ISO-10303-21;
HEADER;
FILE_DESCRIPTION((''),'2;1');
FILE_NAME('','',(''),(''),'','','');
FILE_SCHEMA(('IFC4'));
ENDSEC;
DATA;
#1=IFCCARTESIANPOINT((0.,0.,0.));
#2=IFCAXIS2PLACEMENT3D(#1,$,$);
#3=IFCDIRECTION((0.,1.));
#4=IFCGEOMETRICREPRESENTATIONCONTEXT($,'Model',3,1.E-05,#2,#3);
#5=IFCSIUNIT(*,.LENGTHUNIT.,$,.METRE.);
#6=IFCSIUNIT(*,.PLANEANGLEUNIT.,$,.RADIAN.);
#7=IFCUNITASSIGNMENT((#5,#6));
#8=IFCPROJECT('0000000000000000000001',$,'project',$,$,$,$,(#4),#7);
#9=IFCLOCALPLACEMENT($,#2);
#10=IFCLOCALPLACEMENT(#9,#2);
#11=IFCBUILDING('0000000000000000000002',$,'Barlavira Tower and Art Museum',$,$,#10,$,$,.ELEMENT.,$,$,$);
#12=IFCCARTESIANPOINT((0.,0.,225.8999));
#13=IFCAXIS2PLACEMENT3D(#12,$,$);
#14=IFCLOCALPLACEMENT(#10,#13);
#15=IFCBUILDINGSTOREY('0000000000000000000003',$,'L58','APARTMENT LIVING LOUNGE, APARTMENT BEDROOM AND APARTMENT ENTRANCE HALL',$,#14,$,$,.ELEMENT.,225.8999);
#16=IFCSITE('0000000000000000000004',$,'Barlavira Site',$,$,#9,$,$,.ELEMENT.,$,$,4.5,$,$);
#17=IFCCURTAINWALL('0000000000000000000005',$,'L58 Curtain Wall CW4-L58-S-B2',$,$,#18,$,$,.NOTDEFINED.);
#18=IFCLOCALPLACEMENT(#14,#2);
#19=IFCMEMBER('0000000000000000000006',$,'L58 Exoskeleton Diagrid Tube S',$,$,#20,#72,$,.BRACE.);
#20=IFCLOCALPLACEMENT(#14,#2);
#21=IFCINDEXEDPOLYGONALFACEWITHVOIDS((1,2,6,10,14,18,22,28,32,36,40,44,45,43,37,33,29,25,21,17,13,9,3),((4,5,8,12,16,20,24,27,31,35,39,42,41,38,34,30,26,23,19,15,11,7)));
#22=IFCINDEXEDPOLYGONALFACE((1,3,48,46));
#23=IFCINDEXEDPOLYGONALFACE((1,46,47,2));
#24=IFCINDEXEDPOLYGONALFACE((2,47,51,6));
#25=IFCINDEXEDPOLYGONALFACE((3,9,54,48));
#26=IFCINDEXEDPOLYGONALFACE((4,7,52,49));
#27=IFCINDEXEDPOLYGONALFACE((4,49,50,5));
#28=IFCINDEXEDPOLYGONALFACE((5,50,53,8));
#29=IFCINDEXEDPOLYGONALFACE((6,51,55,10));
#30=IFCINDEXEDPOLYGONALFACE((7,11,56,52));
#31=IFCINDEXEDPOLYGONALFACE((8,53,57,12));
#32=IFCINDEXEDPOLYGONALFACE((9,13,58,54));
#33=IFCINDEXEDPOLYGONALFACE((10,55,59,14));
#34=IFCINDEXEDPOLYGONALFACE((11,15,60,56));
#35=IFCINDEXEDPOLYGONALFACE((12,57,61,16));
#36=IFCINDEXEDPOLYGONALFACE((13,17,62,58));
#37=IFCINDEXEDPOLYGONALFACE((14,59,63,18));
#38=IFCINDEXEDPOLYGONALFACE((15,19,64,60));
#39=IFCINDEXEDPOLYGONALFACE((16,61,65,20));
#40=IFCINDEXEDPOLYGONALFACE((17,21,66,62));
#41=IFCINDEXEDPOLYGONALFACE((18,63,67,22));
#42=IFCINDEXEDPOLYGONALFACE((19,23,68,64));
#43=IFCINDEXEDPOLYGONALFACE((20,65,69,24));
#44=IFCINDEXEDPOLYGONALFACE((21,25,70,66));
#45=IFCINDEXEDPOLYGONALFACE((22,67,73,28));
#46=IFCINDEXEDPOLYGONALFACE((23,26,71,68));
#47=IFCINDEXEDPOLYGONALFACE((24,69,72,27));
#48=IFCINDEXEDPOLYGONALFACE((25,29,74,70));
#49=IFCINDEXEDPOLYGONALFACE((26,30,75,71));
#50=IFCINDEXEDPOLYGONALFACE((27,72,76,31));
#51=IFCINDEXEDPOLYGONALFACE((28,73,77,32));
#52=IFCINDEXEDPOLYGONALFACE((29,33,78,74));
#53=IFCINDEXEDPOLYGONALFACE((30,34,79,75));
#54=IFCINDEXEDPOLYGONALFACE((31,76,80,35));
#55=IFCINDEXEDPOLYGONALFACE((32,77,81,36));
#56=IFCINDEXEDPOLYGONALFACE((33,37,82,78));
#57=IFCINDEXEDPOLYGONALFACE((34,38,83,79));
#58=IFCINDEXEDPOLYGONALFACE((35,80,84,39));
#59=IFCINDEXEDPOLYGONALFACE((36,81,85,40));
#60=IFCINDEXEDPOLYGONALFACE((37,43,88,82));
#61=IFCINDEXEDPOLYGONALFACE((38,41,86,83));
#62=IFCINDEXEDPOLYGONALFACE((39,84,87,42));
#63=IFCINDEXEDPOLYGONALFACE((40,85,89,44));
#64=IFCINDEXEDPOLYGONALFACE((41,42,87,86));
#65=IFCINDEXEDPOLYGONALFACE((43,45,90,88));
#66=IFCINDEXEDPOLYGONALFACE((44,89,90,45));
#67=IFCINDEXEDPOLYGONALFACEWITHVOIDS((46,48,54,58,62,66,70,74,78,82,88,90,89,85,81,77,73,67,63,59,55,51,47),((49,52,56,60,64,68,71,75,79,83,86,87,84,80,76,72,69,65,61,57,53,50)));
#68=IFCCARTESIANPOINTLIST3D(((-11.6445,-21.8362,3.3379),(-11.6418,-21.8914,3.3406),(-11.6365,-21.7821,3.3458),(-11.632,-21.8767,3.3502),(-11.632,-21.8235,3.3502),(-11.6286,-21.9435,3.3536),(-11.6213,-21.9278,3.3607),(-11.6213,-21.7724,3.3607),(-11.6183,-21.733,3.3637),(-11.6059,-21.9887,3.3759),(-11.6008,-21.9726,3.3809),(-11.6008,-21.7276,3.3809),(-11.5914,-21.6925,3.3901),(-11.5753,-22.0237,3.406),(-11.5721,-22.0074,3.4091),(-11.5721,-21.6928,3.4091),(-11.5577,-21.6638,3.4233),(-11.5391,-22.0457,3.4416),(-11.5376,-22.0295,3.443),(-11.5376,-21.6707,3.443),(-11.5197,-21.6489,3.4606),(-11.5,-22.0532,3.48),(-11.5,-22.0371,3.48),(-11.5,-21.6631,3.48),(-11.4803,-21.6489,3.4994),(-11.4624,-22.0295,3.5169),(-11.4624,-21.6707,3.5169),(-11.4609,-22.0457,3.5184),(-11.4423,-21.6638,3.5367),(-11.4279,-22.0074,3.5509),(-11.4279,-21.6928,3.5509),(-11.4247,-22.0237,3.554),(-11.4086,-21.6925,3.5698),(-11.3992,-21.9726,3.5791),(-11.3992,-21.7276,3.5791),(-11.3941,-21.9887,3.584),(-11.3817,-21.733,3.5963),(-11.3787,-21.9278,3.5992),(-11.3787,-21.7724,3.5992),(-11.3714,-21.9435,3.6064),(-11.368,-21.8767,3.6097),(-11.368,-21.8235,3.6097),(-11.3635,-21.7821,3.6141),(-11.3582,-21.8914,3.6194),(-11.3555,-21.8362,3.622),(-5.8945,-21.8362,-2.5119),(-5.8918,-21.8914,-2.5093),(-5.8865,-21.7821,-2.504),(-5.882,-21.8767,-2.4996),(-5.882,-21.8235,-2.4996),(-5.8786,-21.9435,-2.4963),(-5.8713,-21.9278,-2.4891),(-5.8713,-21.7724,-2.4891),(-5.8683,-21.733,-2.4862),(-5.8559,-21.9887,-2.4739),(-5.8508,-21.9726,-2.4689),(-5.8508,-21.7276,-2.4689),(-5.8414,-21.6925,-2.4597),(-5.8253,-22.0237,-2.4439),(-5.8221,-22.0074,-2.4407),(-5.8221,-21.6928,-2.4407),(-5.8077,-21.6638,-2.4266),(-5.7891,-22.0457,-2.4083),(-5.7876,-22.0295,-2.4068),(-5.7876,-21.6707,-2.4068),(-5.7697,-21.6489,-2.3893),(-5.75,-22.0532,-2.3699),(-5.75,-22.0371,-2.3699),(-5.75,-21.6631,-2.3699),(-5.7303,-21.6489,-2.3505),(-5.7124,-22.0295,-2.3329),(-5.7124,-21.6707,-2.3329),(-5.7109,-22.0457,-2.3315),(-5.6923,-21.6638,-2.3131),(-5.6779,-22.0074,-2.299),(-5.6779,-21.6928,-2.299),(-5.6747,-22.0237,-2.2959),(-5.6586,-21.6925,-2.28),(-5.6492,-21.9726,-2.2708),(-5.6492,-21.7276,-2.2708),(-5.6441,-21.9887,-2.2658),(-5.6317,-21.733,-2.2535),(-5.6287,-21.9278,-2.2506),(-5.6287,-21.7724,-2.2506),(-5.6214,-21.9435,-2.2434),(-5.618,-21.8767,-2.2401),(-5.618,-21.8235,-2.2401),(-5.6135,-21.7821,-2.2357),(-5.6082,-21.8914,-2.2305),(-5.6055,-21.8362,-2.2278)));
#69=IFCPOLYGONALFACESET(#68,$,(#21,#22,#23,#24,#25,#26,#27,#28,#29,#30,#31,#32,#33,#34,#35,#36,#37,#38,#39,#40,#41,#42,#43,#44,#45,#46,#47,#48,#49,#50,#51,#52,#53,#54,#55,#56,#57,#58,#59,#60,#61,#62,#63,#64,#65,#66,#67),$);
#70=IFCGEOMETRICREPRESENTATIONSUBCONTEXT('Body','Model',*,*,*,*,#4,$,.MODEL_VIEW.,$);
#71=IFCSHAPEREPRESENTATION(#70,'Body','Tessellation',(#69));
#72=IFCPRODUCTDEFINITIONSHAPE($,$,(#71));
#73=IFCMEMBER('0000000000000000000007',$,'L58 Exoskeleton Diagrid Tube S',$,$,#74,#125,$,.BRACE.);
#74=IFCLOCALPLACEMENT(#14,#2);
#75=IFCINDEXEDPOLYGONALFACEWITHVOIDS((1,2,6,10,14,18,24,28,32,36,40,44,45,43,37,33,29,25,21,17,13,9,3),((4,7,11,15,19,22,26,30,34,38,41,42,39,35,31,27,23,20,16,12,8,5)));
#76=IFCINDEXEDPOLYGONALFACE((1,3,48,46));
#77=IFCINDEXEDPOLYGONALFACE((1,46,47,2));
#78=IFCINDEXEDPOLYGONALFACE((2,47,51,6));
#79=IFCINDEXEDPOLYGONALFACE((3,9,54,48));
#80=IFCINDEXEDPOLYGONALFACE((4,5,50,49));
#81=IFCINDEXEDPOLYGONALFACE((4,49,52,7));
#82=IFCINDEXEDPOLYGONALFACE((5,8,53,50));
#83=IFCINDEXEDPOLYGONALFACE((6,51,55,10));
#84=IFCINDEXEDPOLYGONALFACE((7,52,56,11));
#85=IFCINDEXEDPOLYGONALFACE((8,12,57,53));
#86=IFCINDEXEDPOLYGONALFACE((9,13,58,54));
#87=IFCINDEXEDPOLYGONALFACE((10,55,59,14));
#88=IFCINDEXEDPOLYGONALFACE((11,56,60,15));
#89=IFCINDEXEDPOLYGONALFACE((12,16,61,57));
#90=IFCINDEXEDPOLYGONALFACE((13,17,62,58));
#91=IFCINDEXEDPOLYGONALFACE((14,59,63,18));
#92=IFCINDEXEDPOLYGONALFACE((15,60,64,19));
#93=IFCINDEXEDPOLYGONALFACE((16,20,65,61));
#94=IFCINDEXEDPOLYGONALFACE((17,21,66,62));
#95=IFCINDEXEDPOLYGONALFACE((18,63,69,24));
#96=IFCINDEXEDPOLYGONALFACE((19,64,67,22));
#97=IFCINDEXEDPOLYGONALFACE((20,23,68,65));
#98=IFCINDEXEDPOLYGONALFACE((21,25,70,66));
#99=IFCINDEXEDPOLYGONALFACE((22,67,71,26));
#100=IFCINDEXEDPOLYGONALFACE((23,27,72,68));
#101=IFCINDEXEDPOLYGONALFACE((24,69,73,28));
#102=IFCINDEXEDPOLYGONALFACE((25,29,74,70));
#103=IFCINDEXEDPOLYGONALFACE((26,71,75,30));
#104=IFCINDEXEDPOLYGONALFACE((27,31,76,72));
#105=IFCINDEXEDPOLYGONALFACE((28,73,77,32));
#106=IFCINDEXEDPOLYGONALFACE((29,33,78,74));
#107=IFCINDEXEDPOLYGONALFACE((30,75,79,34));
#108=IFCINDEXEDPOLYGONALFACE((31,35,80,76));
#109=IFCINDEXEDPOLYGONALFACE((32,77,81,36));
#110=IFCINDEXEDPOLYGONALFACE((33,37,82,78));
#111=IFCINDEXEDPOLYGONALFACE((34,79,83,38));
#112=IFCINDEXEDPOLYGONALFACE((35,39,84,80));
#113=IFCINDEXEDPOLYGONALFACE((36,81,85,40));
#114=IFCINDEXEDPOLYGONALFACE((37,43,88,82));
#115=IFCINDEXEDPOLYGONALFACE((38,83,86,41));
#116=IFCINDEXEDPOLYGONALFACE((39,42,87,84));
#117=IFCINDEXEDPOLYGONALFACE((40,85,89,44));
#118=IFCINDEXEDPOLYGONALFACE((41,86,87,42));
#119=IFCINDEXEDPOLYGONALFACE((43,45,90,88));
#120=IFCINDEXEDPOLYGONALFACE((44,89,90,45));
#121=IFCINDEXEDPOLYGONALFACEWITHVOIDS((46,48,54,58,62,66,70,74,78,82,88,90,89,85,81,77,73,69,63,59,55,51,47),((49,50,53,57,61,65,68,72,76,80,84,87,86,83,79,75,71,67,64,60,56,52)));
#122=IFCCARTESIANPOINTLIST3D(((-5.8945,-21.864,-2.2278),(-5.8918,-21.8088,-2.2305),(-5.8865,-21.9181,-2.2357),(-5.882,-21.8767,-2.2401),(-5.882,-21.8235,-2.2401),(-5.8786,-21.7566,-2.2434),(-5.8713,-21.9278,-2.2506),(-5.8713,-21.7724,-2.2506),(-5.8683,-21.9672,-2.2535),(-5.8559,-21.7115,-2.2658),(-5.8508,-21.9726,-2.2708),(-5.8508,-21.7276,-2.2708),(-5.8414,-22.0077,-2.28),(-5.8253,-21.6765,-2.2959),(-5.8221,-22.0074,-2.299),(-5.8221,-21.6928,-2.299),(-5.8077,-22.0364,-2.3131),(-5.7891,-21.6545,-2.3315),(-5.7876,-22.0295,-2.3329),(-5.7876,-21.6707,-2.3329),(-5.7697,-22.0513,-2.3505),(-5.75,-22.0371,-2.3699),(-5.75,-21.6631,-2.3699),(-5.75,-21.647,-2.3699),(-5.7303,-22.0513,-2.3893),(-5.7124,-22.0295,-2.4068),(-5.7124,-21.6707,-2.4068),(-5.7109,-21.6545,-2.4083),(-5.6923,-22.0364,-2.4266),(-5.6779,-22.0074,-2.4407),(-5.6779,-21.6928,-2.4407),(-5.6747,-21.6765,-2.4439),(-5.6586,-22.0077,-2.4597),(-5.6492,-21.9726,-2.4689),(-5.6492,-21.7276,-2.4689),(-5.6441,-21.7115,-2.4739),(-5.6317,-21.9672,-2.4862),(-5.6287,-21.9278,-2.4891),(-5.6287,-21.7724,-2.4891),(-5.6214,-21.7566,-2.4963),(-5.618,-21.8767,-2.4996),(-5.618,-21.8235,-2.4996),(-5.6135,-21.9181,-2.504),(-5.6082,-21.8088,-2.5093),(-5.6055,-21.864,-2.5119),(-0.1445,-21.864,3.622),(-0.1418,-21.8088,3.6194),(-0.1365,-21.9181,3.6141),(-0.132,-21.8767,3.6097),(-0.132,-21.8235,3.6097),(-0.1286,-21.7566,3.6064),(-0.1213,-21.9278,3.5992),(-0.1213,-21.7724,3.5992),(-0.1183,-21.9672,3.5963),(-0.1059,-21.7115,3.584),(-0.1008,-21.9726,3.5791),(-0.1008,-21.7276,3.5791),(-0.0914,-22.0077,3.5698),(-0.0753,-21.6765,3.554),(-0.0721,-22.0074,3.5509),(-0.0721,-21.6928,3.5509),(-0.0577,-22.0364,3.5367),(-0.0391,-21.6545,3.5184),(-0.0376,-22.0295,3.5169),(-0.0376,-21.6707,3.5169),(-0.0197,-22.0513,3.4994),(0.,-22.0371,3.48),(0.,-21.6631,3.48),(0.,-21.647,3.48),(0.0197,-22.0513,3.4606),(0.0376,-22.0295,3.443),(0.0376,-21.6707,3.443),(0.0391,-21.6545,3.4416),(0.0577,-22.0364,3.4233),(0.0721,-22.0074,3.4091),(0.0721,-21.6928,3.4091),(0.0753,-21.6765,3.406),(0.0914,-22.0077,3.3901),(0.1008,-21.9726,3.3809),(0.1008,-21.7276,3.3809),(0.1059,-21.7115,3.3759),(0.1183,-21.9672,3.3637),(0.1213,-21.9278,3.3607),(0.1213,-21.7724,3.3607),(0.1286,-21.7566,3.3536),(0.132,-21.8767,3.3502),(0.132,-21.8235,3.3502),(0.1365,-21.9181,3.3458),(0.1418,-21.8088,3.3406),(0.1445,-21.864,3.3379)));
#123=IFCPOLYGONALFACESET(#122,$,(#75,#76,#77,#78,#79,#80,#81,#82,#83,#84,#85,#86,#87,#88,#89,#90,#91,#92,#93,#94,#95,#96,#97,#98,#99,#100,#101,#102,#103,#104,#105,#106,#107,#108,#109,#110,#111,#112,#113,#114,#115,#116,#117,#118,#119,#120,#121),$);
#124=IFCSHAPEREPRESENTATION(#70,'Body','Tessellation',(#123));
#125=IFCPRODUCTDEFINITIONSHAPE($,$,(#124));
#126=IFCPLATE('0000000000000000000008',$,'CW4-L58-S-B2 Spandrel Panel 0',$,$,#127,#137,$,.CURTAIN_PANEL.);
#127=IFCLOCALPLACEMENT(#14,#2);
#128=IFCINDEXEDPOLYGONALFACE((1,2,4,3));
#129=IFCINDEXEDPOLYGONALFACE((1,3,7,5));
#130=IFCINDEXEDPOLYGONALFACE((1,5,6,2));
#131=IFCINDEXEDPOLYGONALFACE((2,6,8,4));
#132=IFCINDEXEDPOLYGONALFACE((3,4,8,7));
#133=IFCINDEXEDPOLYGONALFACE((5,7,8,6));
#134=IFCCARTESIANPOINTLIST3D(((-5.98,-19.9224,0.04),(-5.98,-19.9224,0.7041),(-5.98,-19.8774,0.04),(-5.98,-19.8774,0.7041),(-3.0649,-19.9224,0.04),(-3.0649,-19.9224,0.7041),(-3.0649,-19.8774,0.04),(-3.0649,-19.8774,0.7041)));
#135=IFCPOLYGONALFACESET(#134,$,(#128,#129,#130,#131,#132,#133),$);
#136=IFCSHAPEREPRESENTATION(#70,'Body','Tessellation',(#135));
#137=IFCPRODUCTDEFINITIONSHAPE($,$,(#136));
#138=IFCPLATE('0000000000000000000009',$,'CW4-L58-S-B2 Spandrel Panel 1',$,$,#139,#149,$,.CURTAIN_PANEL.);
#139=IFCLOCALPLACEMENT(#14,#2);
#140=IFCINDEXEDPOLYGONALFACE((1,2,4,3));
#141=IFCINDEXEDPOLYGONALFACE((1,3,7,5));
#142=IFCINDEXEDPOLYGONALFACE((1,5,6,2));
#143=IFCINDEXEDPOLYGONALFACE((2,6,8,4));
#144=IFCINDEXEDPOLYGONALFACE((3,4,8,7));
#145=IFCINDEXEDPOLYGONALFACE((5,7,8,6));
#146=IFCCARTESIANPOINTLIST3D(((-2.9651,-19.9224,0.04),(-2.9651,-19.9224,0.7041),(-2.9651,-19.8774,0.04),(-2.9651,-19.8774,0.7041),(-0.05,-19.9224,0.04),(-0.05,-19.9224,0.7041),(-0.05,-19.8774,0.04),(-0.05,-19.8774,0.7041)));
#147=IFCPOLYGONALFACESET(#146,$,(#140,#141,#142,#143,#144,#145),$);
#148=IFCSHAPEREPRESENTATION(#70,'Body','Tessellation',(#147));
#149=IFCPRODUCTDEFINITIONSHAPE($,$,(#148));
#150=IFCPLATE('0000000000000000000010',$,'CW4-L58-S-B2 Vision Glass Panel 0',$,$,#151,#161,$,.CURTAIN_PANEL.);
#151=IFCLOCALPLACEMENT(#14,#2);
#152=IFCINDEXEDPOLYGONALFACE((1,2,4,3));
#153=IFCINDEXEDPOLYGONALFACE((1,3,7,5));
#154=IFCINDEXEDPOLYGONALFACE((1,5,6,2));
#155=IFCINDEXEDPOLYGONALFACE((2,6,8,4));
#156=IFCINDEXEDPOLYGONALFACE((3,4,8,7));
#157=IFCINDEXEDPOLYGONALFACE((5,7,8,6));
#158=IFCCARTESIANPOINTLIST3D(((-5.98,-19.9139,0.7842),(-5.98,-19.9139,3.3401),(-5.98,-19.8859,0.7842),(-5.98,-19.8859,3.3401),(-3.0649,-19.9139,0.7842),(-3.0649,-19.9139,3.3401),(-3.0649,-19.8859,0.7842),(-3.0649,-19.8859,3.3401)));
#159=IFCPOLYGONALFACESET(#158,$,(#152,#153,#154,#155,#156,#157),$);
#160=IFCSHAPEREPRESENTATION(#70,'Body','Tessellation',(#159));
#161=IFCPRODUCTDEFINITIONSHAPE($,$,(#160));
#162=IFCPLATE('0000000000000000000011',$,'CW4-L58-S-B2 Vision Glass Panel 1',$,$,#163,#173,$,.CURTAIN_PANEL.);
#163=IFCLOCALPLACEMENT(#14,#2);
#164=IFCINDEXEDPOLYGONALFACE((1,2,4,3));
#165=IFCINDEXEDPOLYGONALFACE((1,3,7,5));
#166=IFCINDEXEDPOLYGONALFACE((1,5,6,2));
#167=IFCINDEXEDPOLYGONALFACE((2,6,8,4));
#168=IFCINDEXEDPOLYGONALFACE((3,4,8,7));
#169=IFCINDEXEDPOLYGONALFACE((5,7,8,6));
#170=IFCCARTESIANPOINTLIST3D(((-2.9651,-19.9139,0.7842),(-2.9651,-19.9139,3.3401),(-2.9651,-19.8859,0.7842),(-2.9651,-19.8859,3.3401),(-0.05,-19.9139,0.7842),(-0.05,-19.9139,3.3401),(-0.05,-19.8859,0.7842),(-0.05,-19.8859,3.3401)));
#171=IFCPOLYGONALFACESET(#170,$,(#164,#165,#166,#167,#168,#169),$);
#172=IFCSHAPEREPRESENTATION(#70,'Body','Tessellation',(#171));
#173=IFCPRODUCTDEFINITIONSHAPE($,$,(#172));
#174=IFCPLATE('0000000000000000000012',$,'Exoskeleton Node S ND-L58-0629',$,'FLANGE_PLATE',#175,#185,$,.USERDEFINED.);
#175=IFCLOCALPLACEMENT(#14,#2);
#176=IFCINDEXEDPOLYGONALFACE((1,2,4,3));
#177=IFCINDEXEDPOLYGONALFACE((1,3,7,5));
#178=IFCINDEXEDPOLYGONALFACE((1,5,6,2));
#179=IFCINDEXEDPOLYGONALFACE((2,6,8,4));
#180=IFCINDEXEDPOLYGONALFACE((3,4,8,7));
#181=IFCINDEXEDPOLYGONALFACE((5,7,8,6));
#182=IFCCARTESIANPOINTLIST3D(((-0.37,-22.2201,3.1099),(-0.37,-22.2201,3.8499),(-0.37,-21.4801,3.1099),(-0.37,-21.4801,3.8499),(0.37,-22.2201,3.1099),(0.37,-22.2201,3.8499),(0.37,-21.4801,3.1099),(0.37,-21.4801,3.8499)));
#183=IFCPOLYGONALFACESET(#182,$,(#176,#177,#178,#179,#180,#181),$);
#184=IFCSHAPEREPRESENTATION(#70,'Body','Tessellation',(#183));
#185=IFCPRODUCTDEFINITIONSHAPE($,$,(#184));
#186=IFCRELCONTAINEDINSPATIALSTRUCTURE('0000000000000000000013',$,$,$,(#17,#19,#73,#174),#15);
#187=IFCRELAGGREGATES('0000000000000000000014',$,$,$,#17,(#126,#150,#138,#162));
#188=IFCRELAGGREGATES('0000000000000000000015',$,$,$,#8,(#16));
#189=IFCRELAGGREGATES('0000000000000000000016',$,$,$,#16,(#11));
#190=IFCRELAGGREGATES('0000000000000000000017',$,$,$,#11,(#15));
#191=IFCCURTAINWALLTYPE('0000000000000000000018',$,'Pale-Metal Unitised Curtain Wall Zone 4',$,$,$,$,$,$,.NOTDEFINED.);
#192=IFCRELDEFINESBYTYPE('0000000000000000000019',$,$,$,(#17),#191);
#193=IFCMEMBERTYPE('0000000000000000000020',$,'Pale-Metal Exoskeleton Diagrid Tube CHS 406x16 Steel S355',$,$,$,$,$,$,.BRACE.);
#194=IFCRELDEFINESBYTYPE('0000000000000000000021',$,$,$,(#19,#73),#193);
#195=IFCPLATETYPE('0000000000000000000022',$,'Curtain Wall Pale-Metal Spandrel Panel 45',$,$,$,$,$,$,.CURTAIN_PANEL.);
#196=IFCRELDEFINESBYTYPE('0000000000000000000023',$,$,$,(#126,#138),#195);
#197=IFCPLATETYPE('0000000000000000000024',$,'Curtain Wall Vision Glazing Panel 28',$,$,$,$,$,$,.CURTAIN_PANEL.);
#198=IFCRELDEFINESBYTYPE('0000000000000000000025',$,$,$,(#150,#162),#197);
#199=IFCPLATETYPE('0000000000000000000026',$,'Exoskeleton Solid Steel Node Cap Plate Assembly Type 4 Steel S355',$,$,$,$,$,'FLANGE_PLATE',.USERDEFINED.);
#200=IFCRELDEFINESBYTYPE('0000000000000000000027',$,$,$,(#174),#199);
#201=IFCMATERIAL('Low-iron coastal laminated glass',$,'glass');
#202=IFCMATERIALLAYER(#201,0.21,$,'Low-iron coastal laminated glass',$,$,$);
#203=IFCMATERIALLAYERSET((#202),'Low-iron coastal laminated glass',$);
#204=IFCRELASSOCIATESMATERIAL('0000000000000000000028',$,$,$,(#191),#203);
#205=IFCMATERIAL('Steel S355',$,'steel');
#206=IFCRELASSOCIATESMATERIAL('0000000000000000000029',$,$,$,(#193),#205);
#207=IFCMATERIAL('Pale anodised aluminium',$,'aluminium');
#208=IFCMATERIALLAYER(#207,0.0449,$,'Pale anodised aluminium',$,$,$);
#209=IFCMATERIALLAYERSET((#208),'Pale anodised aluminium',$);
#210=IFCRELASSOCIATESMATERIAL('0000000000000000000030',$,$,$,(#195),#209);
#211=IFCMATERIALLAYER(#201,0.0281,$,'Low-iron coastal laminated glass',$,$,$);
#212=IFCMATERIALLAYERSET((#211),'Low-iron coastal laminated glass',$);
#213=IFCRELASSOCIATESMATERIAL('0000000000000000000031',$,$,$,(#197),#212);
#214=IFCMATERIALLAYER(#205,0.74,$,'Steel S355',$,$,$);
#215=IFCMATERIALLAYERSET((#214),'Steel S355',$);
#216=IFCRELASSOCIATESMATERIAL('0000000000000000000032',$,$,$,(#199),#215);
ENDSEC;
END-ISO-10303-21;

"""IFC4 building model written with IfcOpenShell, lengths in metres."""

from ifc_helpers import new_model, si_unit, direction, frame, origin, origin_2d, place, context, subcontext, project, spatial, rectangle, hollow_circle, extrude, material, layer, layer_set, material_profile, profile_set, type_object, element, aggregate, save


model = new_model("IFC4")

# Units and contexts
model_context = context("Model", 3, precision=1e-05, world=origin(), true_north=direction((0.0, 1.0)))
body_context = subcontext(model_context, "Body", "Model", "MODEL_VIEW")
ifc_project = project(units=[si_unit("LENGTHUNIT", "METRE"), si_unit("PLANEANGLEUNIT", "RADIAN")], contexts=[model_context])

# Site, building, storey
site_placement = place(None, origin())
site = spatial("IfcSite", under=ifc_project, at=site_placement, Name="Barlavira Site", CompositionType="ELEMENT", RefElevation=4.5)
building_placement = place(site_placement, origin())
building = spatial("IfcBuilding", under=site, at=building_placement, Name="Barlavira Tower and Art Museum", CompositionType="ELEMENT")
storey_placement = place(building_placement, frame((0.0, 0.0, 225.8999)))
storey = spatial("IfcBuildingStorey", under=building, at=storey_placement, Name="L58", Description="APARTMENT LIVING LOUNGE, APARTMENT BEDROOM AND APARTMENT ENTRANCE HALL", CompositionType="ELEMENT", Elevation=225.8999)

# Curtain wall
ifc_material_1 = material(Name="Low-iron coastal laminated glass", Category="glass")
ifc_layer_1 = layer(ifc_material_1, 0.21, Name="Low-iron coastal laminated glass")
ifc_layer_set_1 = layer_set([ifc_layer_1], Name="Low-iron coastal laminated glass")
curtain_wall_type = type_object("IfcCurtainWallType", Name="Pale-Metal Unitised Curtain Wall Zone 4", PredefinedType="NOTDEFINED", material=ifc_layer_set_1)
curtain_wall_placement = place(storey_placement, origin())
curtain_wall = element("IfcCurtainWall", 1, at=curtain_wall_placement, inside=storey, type_object=curtain_wall_type, Name="L58 Curtain Wall CW4-L58-S-B2", PredefinedType="NOTDEFINED")
ifc_material_2 = material(Name="Pale anodised aluminium", Category="aluminium")

# Members
ifc_material_3 = material(Name="Steel S355", Category="steel")
ifc_material_profile_1 = material_profile(ifc_material_3, hollow_circle(Radius=0.2031, WallThickness=0.0161, at=origin_2d()), Name="CHS 406.4x16.0")
ifc_profile_set_1 = profile_set([ifc_material_profile_1], Name="Steel S355")
member_type_1 = type_object("IfcMemberType", Name="Pale-Metal Exoskeleton Diagrid Tube CHS 406x16 Steel S355", PredefinedType="BRACE", material=ifc_profile_set_1)
for number, where, z_axis, x_axis, name in (
    (2, (-5.75, -21.8501, -2.3699), (-0.700994, 0.0, 0.713167), (0.0, -1.0, 0.0), "L58 Exoskeleton Diagrid Tube S"),
    (3, (-5.75, -21.8501, -2.3699), (0.700994, 0.0, 0.713167), (0.0, 1.0, 0.0), "L58 Exoskeleton Diagrid Tube S"),
):
    element("IfcMember", number, at=place(storey_placement, frame(where, z_axis=z_axis, x_axis=x_axis)), inside=storey, type_object=member_type_1, Name=name, PredefinedType="BRACE", context=body_context, shape_type="SweptSolid", body=[
        extrude(hollow_circle(Radius=0.2031, WallThickness=0.0161, at=origin_2d()), origin(), (0.0, 0.0, 1.0), 8.2026),
    ])

# Plates
ifc_layer_2 = layer(ifc_material_2, 0.0449, Name="Pale anodised aluminium")
ifc_layer_set_2 = layer_set([ifc_layer_2], Name="Pale anodised aluminium")
plate_type_1 = type_object("IfcPlateType", Name="Curtain Wall Pale-Metal Spandrel Panel 45", PredefinedType="CURTAIN_PANEL", material=ifc_layer_set_2)
plate_1_placement = place(storey_placement, frame((-4.5225, -19.8999, 0.04), z_axis=(0.0, 0.0, 1.0), x_axis=(1.0, 0.0, 0.0)))
plate_1 = element("IfcPlate", 4, at=plate_1_placement, type_object=plate_type_1, Name="CW4-L58-S-B2 Spandrel Panel 0", PredefinedType="CURTAIN_PANEL", context=body_context, shape_type="SweptSolid", body=[
    extrude(rectangle(XDim=2.915, YDim=0.0449, at=origin_2d()), origin(), (0.0, 0.0, 1.0), 0.6641),
])
plate_2_placement = place(storey_placement, frame((-1.5076, -19.8999, 0.04), z_axis=(0.0, 0.0, 1.0), x_axis=(1.0, 0.0, 0.0)))
plate_2 = element("IfcPlate", 5, at=plate_2_placement, type_object=plate_type_1, Name="CW4-L58-S-B2 Spandrel Panel 1", PredefinedType="CURTAIN_PANEL", context=body_context, shape_type="SweptSolid", body=[
    extrude(rectangle(XDim=2.915, YDim=0.0449, at=origin_2d()), origin(), (0.0, 0.0, 1.0), 0.6641),
])
ifc_layer_3 = layer(ifc_material_1, 0.0281, Name="Low-iron coastal laminated glass")
ifc_layer_set_3 = layer_set([ifc_layer_3], Name="Low-iron coastal laminated glass")
plate_type_2 = type_object("IfcPlateType", Name="Curtain Wall Vision Glazing Panel 28", PredefinedType="CURTAIN_PANEL", material=ifc_layer_set_3)
plate_3_placement = place(storey_placement, frame((-4.5225, -19.8999, 0.7842), z_axis=(0.0, 0.0, 1.0), x_axis=(1.0, 0.0, 0.0)))
plate_3 = element("IfcPlate", 6, at=plate_3_placement, type_object=plate_type_2, Name="CW4-L58-S-B2 Vision Glass Panel 0", PredefinedType="CURTAIN_PANEL", context=body_context, shape_type="SweptSolid", body=[
    extrude(rectangle(XDim=2.915, YDim=0.0281, at=origin_2d()), origin(), (0.0, 0.0, 1.0), 2.5559),
])
plate_4_placement = place(storey_placement, frame((-1.5076, -19.8999, 0.7842), z_axis=(0.0, 0.0, 1.0), x_axis=(1.0, 0.0, 0.0)))
plate_4 = element("IfcPlate", 7, at=plate_4_placement, type_object=plate_type_2, Name="CW4-L58-S-B2 Vision Glass Panel 1", PredefinedType="CURTAIN_PANEL", context=body_context, shape_type="SweptSolid", body=[
    extrude(rectangle(XDim=2.915, YDim=0.0281, at=origin_2d()), origin(), (0.0, 0.0, 1.0), 2.5559),
])
aggregate(curtain_wall, [plate_1, plate_3, plate_2, plate_4])
ifc_layer_4 = layer(ifc_material_3, 0.74, Name="Steel S355")
ifc_layer_set_4 = layer_set([ifc_layer_4], Name="Steel S355")
plate_type_3 = type_object("IfcPlateType", Name="Exoskeleton Solid Steel Node Cap Plate Assembly Type 4 Steel S355", ElementType="FLANGE_PLATE", PredefinedType="USERDEFINED", material=ifc_layer_set_4)
plate_5_placement = place(storey_placement, frame((0.0, -21.8501, 3.1099), z_axis=(0.0, 0.0, 1.0), x_axis=(1.0, 0.0, 0.0)))
element("IfcPlate", 8, at=plate_5_placement, inside=storey, type_object=plate_type_3, Name="Exoskeleton Node S ND-L58-0629", ObjectType="FLANGE_PLATE", PredefinedType="USERDEFINED", context=body_context, shape_type="SweptSolid", body=[
    extrude(rectangle(XDim=0.74, YDim=0.74, at=origin_2d()), origin(), (0.0, 0.0, 1.0), 0.74),
])

save(model, "model.ifc")
